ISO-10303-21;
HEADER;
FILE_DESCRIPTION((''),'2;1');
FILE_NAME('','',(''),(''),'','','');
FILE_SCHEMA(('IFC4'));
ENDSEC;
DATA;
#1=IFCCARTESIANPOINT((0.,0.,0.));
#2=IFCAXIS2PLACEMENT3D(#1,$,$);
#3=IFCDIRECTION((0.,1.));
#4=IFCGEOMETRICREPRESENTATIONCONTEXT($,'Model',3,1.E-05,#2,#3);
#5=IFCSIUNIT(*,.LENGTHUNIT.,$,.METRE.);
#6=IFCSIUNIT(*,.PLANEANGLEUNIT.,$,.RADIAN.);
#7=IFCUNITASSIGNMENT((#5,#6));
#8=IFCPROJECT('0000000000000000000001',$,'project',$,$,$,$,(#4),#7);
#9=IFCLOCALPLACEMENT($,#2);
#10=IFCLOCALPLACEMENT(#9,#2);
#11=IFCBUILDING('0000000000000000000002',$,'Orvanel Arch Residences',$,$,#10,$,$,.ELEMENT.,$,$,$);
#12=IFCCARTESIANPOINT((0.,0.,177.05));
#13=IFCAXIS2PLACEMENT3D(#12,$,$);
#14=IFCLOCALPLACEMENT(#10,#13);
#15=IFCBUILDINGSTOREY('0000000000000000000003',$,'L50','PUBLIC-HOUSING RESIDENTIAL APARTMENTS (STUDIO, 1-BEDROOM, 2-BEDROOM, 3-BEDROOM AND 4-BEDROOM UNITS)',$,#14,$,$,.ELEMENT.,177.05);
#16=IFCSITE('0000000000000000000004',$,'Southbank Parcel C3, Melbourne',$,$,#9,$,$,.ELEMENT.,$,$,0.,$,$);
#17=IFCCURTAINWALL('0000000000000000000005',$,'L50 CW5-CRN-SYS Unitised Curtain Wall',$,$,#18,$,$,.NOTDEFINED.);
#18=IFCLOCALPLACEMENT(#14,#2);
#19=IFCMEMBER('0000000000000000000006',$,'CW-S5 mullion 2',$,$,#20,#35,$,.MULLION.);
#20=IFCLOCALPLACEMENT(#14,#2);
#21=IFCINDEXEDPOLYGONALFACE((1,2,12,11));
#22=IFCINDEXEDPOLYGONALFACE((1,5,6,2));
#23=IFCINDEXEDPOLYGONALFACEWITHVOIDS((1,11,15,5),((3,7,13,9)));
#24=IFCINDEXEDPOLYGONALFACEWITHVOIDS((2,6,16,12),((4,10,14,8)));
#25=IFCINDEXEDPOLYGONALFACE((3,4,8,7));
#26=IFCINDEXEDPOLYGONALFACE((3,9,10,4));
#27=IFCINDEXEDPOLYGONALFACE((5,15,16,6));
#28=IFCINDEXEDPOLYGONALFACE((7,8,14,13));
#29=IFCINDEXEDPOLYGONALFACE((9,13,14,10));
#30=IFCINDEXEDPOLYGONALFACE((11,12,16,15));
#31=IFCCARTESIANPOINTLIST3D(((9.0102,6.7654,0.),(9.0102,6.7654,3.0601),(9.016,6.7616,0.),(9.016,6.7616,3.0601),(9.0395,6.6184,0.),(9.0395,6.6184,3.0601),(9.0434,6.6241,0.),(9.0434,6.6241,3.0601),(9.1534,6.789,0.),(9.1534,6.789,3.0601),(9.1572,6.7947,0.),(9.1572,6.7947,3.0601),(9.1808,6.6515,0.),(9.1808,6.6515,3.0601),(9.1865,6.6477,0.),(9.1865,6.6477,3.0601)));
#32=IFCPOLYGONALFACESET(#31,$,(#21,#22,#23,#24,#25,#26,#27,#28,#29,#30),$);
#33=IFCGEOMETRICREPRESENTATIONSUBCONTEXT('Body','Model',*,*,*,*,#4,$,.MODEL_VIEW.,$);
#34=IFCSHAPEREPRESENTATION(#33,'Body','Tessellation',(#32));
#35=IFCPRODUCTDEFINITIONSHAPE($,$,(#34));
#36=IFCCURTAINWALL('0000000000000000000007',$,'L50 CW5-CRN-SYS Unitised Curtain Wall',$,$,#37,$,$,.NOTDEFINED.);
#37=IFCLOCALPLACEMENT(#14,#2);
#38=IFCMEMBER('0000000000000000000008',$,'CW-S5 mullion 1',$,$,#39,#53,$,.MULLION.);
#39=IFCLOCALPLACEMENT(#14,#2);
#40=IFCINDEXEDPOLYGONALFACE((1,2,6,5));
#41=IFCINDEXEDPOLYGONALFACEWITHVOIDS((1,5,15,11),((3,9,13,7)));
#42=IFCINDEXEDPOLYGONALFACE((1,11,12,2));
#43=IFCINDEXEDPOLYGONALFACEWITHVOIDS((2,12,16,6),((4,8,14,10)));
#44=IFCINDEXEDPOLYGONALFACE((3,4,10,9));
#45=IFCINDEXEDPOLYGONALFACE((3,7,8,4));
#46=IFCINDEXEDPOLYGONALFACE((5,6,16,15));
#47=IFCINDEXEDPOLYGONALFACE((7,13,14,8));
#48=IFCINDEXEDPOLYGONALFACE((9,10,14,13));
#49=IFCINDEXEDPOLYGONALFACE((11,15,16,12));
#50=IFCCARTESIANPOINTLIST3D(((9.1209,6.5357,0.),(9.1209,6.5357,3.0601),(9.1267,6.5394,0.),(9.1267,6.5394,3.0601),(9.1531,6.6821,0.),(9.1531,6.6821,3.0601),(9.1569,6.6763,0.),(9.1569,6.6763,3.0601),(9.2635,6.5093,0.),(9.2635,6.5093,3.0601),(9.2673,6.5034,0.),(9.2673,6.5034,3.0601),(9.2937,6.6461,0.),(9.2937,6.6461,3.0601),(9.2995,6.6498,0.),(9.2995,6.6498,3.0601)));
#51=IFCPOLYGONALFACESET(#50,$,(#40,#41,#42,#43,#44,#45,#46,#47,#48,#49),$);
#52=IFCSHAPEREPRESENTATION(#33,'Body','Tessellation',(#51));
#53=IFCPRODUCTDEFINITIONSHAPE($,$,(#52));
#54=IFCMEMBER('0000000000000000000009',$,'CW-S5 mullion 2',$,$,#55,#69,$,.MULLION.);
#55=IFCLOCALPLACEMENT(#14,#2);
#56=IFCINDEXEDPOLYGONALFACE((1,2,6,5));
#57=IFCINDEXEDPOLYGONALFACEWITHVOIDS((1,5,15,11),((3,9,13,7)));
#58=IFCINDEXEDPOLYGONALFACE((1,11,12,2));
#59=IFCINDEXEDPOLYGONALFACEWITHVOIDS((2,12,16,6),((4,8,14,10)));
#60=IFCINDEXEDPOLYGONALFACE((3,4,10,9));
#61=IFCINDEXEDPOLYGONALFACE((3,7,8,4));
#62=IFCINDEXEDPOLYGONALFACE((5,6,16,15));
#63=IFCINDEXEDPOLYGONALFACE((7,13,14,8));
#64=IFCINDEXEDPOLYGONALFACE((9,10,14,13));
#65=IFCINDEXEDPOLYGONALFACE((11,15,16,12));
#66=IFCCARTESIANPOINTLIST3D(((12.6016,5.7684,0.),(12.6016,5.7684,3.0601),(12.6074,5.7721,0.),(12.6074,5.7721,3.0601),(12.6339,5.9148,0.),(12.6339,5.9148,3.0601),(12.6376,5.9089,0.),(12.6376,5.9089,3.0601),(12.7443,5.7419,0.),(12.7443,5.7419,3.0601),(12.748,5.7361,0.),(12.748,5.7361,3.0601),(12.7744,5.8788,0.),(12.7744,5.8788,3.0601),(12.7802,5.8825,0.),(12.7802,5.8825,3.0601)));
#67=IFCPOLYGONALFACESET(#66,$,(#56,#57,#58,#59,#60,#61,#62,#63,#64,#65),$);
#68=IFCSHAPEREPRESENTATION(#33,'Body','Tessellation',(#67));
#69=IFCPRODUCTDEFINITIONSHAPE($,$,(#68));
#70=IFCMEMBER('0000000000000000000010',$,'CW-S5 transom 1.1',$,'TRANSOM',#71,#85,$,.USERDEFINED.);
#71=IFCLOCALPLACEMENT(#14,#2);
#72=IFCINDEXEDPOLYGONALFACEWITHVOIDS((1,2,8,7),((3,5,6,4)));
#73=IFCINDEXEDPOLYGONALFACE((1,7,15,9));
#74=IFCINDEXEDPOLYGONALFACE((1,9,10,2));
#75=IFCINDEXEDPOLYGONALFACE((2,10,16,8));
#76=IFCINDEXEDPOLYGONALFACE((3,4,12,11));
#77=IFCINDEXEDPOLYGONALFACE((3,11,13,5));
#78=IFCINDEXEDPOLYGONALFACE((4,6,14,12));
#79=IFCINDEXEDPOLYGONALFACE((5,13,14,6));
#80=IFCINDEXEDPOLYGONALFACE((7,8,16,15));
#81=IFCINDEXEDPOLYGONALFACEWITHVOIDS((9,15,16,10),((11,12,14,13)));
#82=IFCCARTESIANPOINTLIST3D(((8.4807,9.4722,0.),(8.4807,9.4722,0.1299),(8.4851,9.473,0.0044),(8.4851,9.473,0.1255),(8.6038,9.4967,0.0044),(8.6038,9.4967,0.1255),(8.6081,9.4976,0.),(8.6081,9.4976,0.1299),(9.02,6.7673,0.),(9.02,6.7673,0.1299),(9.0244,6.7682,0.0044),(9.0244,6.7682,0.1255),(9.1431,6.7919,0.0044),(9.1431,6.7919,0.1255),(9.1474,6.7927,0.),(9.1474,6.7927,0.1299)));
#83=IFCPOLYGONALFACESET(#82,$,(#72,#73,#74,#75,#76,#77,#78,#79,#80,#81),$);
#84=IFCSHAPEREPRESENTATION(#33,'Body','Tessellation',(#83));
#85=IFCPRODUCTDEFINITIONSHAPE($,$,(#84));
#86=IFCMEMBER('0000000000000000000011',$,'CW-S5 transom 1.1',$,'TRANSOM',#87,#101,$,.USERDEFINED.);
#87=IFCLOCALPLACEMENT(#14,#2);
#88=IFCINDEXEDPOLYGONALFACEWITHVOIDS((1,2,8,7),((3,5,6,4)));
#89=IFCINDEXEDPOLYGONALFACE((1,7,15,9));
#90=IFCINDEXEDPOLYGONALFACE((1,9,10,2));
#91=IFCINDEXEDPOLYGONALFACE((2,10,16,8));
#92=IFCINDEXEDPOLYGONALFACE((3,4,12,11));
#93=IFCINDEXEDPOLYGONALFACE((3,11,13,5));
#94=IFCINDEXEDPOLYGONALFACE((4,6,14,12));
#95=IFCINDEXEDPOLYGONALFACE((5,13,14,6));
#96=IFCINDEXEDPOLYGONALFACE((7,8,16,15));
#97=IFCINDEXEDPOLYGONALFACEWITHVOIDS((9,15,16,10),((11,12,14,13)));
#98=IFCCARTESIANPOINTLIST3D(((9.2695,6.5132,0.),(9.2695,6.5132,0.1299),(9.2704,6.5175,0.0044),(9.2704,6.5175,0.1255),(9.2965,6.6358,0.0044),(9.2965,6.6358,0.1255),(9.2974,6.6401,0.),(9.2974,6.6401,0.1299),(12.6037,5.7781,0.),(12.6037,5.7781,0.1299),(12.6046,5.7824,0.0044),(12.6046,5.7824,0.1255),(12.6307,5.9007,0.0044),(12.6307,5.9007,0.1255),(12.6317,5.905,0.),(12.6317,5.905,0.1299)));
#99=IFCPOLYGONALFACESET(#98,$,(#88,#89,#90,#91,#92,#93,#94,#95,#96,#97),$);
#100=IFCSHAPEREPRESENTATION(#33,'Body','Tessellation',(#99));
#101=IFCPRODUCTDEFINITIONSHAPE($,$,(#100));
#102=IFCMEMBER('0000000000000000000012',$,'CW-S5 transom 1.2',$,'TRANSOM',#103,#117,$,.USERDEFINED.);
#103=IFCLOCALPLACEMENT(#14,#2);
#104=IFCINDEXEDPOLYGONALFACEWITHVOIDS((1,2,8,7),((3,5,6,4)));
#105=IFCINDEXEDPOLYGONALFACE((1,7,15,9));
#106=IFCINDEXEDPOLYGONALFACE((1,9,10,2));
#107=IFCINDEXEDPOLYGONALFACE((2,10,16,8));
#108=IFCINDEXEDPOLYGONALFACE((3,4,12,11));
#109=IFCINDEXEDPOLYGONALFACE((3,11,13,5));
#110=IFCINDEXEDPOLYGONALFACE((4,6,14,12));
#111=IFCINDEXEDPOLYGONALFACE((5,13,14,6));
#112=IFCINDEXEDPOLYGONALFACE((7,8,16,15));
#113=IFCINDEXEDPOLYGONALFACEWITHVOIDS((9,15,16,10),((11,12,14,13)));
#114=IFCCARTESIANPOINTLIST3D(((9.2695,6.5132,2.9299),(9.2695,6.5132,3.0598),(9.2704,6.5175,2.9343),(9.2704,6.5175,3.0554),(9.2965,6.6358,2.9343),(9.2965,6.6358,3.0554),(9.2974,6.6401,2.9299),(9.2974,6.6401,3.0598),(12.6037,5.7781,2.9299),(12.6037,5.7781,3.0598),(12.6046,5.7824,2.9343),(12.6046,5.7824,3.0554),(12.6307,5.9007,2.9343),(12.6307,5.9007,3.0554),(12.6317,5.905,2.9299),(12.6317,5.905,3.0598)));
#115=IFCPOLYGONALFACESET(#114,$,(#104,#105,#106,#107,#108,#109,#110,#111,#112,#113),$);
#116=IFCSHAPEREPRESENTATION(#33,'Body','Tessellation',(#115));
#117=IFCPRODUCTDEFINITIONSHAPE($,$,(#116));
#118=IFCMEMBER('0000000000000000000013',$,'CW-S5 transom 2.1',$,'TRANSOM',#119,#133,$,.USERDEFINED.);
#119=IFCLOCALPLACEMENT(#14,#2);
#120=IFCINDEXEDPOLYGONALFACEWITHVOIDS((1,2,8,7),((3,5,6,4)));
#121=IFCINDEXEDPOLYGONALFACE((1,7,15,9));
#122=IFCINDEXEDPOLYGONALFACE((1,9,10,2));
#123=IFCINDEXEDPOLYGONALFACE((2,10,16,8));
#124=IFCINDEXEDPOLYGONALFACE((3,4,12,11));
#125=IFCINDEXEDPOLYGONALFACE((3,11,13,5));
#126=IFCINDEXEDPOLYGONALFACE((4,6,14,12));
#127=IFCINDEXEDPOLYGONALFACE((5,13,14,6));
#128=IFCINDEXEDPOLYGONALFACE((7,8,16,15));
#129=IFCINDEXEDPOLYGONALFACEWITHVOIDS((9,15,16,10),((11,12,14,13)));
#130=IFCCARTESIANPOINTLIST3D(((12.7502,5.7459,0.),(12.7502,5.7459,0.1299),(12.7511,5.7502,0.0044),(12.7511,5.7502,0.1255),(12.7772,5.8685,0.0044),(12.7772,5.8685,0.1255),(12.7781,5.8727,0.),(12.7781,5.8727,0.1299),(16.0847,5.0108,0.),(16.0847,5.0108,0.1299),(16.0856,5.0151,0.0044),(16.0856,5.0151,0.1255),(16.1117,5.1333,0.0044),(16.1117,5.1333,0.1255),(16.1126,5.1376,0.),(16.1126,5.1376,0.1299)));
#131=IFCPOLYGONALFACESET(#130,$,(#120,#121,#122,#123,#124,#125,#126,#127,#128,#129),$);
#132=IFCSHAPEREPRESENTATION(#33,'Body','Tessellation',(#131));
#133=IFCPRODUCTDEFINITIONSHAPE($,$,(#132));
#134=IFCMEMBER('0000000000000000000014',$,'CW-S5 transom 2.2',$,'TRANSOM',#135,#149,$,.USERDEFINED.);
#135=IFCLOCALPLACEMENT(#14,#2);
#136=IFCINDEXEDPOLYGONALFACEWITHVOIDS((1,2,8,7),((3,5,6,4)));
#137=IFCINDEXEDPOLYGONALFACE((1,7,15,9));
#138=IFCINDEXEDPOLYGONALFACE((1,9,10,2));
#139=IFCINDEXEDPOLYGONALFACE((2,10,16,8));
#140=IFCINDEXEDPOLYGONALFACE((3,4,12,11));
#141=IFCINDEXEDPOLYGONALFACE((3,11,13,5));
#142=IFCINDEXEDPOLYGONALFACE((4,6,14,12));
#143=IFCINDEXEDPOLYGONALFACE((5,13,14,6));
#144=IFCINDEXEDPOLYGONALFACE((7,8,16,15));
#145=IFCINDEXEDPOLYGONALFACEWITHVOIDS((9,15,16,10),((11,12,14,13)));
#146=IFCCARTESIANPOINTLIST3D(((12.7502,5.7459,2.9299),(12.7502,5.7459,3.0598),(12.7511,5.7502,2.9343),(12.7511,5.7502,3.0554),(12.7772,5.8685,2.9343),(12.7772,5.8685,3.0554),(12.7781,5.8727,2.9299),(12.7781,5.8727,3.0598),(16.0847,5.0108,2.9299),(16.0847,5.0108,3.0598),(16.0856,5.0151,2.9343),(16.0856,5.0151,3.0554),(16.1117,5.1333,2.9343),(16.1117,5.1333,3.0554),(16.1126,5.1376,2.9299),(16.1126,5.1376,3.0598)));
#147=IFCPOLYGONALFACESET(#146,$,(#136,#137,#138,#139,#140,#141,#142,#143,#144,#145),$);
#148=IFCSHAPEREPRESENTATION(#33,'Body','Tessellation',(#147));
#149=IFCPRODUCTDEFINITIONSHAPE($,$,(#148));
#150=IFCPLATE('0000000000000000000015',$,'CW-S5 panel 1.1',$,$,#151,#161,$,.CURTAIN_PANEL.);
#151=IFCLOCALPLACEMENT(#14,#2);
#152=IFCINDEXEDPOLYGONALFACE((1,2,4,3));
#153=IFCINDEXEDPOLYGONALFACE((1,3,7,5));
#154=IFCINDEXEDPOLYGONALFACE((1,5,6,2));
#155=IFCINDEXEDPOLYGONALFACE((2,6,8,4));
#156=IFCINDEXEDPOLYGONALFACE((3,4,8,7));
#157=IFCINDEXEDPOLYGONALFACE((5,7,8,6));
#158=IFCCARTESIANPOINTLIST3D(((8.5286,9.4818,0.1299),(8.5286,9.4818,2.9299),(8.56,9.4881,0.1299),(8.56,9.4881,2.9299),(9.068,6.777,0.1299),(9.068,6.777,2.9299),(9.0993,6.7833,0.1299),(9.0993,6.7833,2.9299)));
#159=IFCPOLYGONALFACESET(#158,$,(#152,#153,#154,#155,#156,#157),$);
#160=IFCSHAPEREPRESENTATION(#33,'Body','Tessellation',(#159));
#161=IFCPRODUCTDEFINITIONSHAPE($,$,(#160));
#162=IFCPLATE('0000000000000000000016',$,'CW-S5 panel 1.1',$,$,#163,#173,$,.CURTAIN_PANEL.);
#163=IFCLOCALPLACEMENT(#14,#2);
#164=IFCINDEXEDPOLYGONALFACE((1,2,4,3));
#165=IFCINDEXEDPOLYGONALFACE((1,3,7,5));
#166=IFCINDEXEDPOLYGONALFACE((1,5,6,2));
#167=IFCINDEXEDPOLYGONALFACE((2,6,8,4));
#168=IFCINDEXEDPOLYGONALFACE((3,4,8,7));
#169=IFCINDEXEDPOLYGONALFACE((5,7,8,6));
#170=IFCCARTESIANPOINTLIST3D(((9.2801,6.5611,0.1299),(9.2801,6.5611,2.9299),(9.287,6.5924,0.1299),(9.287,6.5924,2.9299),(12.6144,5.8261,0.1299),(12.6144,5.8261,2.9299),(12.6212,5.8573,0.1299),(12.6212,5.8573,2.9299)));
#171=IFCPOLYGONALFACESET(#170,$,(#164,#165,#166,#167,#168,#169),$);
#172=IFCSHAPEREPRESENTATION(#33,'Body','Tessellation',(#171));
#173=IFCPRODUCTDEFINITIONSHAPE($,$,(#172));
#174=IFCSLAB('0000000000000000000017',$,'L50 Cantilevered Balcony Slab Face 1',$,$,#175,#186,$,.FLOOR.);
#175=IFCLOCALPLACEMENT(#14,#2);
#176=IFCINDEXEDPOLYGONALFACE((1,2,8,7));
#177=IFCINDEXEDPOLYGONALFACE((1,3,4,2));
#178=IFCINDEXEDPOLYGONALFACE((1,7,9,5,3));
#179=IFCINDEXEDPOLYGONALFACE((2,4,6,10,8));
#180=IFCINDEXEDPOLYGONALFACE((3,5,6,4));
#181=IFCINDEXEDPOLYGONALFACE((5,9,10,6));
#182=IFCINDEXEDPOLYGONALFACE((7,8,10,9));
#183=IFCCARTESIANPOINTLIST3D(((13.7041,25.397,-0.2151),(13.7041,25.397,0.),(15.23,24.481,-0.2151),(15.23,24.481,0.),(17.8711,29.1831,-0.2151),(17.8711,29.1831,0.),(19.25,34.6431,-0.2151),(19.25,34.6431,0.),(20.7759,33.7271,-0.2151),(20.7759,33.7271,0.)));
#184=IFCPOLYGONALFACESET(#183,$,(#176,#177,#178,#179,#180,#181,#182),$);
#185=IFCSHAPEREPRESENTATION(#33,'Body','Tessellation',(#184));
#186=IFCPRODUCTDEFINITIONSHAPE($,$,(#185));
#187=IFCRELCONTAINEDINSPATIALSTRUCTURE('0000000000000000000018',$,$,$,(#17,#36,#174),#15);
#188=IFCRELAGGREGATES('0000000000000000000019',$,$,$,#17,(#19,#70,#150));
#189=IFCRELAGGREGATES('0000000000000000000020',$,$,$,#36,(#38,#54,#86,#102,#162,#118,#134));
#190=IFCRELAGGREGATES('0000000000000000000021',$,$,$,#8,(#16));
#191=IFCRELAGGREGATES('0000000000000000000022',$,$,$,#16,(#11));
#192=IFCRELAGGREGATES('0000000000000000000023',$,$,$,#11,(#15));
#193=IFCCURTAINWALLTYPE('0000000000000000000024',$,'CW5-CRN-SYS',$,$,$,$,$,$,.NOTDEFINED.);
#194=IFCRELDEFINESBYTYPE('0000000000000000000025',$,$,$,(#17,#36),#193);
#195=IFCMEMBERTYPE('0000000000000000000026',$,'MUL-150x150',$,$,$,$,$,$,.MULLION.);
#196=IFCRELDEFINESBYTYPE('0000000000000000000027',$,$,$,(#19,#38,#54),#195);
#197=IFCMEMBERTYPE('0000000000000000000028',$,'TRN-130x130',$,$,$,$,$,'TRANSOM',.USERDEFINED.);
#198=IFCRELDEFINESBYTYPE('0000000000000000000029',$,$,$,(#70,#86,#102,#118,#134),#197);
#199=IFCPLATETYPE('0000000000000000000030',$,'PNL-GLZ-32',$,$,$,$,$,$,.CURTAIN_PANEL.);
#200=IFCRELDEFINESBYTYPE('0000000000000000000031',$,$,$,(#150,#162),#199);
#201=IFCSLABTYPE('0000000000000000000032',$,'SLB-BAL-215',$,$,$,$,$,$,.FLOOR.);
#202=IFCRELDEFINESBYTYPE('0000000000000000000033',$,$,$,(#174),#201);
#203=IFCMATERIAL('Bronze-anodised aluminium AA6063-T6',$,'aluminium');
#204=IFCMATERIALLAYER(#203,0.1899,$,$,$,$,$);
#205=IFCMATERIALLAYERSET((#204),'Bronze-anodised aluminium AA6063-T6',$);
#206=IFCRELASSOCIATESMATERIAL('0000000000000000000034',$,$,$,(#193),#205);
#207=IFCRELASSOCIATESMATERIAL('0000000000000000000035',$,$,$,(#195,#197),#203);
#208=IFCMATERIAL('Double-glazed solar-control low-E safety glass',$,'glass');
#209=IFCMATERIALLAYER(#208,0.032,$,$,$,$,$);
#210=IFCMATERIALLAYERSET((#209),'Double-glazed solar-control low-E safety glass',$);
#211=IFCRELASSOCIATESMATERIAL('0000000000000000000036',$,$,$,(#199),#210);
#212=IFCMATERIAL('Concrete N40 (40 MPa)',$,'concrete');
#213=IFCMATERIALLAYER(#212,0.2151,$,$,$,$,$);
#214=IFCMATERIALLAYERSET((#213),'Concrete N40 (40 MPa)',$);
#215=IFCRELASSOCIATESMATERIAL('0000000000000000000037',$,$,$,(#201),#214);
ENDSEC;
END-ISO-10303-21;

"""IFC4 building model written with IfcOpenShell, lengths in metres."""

from ifc_helpers import new_model, si_unit, direction, frame, origin, origin_2d, place, context, subcontext, project, spatial, polyline, rectangle, hollow_rectangle, outline, extrude, material, layer, layer_set, material_profile, profile_set, type_object, element, aggregate, save


model = new_model("IFC4")

# Units and contexts
model_context = context("Model", 3, precision=1e-05, world=origin(), true_north=direction((0.0, 1.0)))
body_context = subcontext(model_context, "Body", "Model", "MODEL_VIEW")
ifc_project = project(units=[si_unit("LENGTHUNIT", "METRE"), si_unit("PLANEANGLEUNIT", "RADIAN")], contexts=[model_context])

# Site, building, storey
site_placement = place(None, origin())
site = spatial("IfcSite", under=ifc_project, at=site_placement, Name="Southbank Parcel C3, Melbourne", CompositionType="ELEMENT", RefElevation=0.0)
building_placement = place(site_placement, origin())
building = spatial("IfcBuilding", under=site, at=building_placement, Name="Orvanel Arch Residences", CompositionType="ELEMENT")
storey_placement = place(building_placement, frame((0.0, 0.0, 177.05)))
storey = spatial("IfcBuildingStorey", under=building, at=storey_placement, Name="L50", Description="PUBLIC-HOUSING RESIDENTIAL APARTMENTS (STUDIO, 1-BEDROOM, 2-BEDROOM, 3-BEDROOM AND 4-BEDROOM UNITS)", CompositionType="ELEMENT", Elevation=177.05)

# Curtain wall, member
ifc_material_1 = material(Name="Bronze-anodised aluminium AA6063-T6", Category="aluminium")
ifc_layer_1 = layer(ifc_material_1, 0.1899)
ifc_layer_set_1 = layer_set([ifc_layer_1], Name="Bronze-anodised aluminium AA6063-T6")
curtain_wall_type = type_object("IfcCurtainWallType", Name="CW5-CRN-SYS", PredefinedType="NOTDEFINED", material=ifc_layer_set_1)
curtain_wall_1_placement = place(storey_placement, origin())
curtain_wall_1 = element("IfcCurtainWall", 1, at=curtain_wall_1_placement, inside=storey, type_object=curtain_wall_type, Name="L50 CW5-CRN-SYS Unitised Curtain Wall", PredefinedType="NOTDEFINED")
ifc_material_profile_1 = material_profile(ifc_material_1, hollow_rectangle(XDim=0.1499, YDim=0.1499, WallThickness=0.0049, at=origin_2d()), Name="ALU150x150x5")
ifc_profile_set_1 = profile_set([ifc_material_profile_1], Name="Bronze-anodised aluminium AA6063-T6")
member_type_1 = type_object("IfcMemberType", Name="MUL-150x150", PredefinedType="MULLION", material=ifc_profile_set_1)
member_1_placement = place(storey_placement, frame((9.0984, 6.7065, 0.0), z_axis=(0.0, 0.0, 1.0), x_axis=(0.980694, 0.19555, 0.0)))
member_1 = element("IfcMember", 2, at=member_1_placement, type_object=member_type_1, Name="CW-S5 mullion 2", PredefinedType="MULLION", context=body_context, shape_type="SweptSolid", body=[
    extrude(hollow_rectangle(XDim=0.1499, YDim=0.1499, WallThickness=0.0049, at=origin_2d()), origin(), (0.0, 0.0, 1.0), 3.0601),
])

# Curtain wall, members
curtain_wall_2_placement = place(storey_placement, origin())
curtain_wall_2 = element("IfcCurtainWall", 3, at=curtain_wall_2_placement, inside=storey, type_object=curtain_wall_type, Name="L50 CW5-CRN-SYS Unitised Curtain Wall", PredefinedType="NOTDEFINED")
member_2_placement = place(storey_placement, frame((9.2102, 6.5928, 0.0), z_axis=(0.0, 0.0, 1.0), x_axis=(0.215286, 0.976551, 0.0)))
member_2 = element("IfcMember", 4, at=member_2_placement, type_object=member_type_1, Name="CW-S5 mullion 1", PredefinedType="MULLION", context=body_context, shape_type="SweptSolid", body=[
    extrude(hollow_rectangle(XDim=0.1499, YDim=0.1499, WallThickness=0.0049, at=origin_2d()), origin(), (0.0, 0.0, 1.0), 3.0601),
])
member_3_placement = place(storey_placement, frame((12.6909, 5.8254, 0.0), z_axis=(0.0, 0.0, 1.0), x_axis=(0.215286, 0.976551, 0.0)))
member_3 = element("IfcMember", 5, at=member_3_placement, type_object=member_type_1, Name="CW-S5 mullion 2", PredefinedType="MULLION", context=body_context, shape_type="SweptSolid", body=[
    extrude(hollow_rectangle(XDim=0.1499, YDim=0.1499, WallThickness=0.0049, at=origin_2d()), origin(), (0.0, 0.0, 1.0), 3.0601),
])

# Members
ifc_material_profile_2 = material_profile(ifc_material_1, hollow_rectangle(XDim=0.1299, YDim=0.1299, WallThickness=0.0044, at=origin_2d()), Name="ALU130x130x4.5")
ifc_profile_set_2 = profile_set([ifc_material_profile_2], Name="Bronze-anodised aluminium AA6063-T6")
member_type_2 = type_object("IfcMemberType", Name="TRN-130x130", ElementType="TRANSOM", PredefinedType="USERDEFINED", material=ifc_profile_set_2)
member_4_placement = place(storey_placement, frame((8.5444, 9.4849, 0.0649), z_axis=(0.195537, -0.980696, 0.0), x_axis=(0.980696, 0.195537, 0.0)))
member_4 = element("IfcMember", 6, at=member_4_placement, type_object=member_type_2, Name="CW-S5 transom 1.1", ObjectType="TRANSOM", PredefinedType="USERDEFINED", context=body_context, shape_type="SweptSolid", body=[
    extrude(hollow_rectangle(XDim=0.1299, YDim=0.1299, WallThickness=0.0044, at=origin_2d()), origin(), (0.0, 0.0, 1.0), 2.7581),
])
member_5_placement = place(storey_placement, frame((9.2834, 6.5767, 0.0649), z_axis=(0.976547, -0.215302, 0.0), x_axis=(0.215302, 0.976547, 0.0)))
member_5 = element("IfcMember", 7, at=member_5_placement, type_object=member_type_2, Name="CW-S5 transom 1.1", ObjectType="TRANSOM", PredefinedType="USERDEFINED", context=body_context, shape_type="SweptSolid", body=[
    extrude(hollow_rectangle(XDim=0.1299, YDim=0.1299, WallThickness=0.0044, at=origin_2d()), origin(), (0.0, 0.0, 1.0), 3.4143),
])
member_6_placement = place(storey_placement, frame((9.2834, 6.5767, 2.9949), z_axis=(0.976547, -0.215302, 0.0), x_axis=(0.215302, 0.976547, 0.0)))
member_6 = element("IfcMember", 8, at=member_6_placement, type_object=member_type_2, Name="CW-S5 transom 1.2", ObjectType="TRANSOM", PredefinedType="USERDEFINED", context=body_context, shape_type="SweptSolid", body=[
    extrude(hollow_rectangle(XDim=0.1299, YDim=0.1299, WallThickness=0.0044, at=origin_2d()), origin(), (0.0, 0.0, 1.0), 3.4143),
])
member_7_placement = place(storey_placement, frame((12.7642, 5.8093, 0.0649), z_axis=(0.976551, -0.215287, 0.0), x_axis=(0.215287, 0.976551, 0.0)))
member_7 = element("IfcMember", 9, at=member_7_placement, type_object=member_type_2, Name="CW-S5 transom 2.1", ObjectType="TRANSOM", PredefinedType="USERDEFINED", context=body_context, shape_type="SweptSolid", body=[
    extrude(hollow_rectangle(XDim=0.1299, YDim=0.1299, WallThickness=0.0044, at=origin_2d()), origin(), (0.0, 0.0, 1.0), 3.4146),
])
member_8_placement = place(storey_placement, frame((12.7642, 5.8093, 2.9949), z_axis=(0.976551, -0.215287, 0.0), x_axis=(0.215287, 0.976551, 0.0)))
member_8 = element("IfcMember", 10, at=member_8_placement, type_object=member_type_2, Name="CW-S5 transom 2.2", ObjectType="TRANSOM", PredefinedType="USERDEFINED", context=body_context, shape_type="SweptSolid", body=[
    extrude(hollow_rectangle(XDim=0.1299, YDim=0.1299, WallThickness=0.0044, at=origin_2d()), origin(), (0.0, 0.0, 1.0), 3.4146),
])

# Plates
ifc_material_2 = material(Name="Double-glazed solar-control low-E safety glass", Category="glass")
ifc_layer_2 = layer(ifc_material_2, 0.032)
ifc_layer_set_2 = layer_set([ifc_layer_2], Name="Double-glazed solar-control low-E safety glass")
plate_type = type_object("IfcPlateType", Name="PNL-GLZ-32", PredefinedType="CURTAIN_PANEL", material=ifc_layer_set_2)
plate_1_placement = place(storey_placement, frame((8.814, 8.1326, 0.1299), z_axis=(0.0, 0.0, 1.0), x_axis=(0.19555, -0.980694, 0.0)))
plate_1 = element("IfcPlate", 11, at=plate_1_placement, type_object=plate_type, Name="CW-S5 panel 1.1", PredefinedType="CURTAIN_PANEL", context=body_context, shape_type="SweptSolid", body=[
    extrude(rectangle(XDim=2.7581, YDim=0.032, at=origin_2d()), origin(), (0.0, 0.0, 1.0), 2.8),
])
aggregate(curtain_wall_1, [member_1, member_4, plate_1])
plate_2_placement = place(storey_placement, frame((10.9507, 6.2092, 0.1299), z_axis=(0.0, 0.0, 1.0), x_axis=(0.976551, -0.215286, 0.0)))
plate_2 = element("IfcPlate", 12, at=plate_2_placement, type_object=plate_type, Name="CW-S5 panel 1.1", PredefinedType="CURTAIN_PANEL", context=body_context, shape_type="SweptSolid", body=[
    extrude(rectangle(XDim=3.4143, YDim=0.032, at=origin_2d()), origin(), (0.0, 0.0, 1.0), 2.8),
])
aggregate(curtain_wall_2, [member_2, member_3, member_5, member_6, plate_2, member_7, member_8])

# Slab
ifc_material_3 = material(Name="Concrete N40 (40 MPa)", Category="concrete")
ifc_layer_3 = layer(ifc_material_3, 0.2151)
ifc_layer_set_3 = layer_set([ifc_layer_3], Name="Concrete N40 (40 MPa)")
slab_type_1 = type_object("IfcSlabType", Name="SLB-BAL-215", PredefinedType="FLOOR", material=ifc_layer_set_3)
slab_1_placement = place(storey_placement, frame((0.0, 0.0, -0.2151)))
element("IfcSlab", 13, at=slab_1_placement, inside=storey, type_object=slab_type_1, Name="L50 Cantilevered Balcony Slab Face 1", PredefinedType="FLOOR", context=body_context, shape_type="SweptSolid", body=[
    extrude(outline(polyline([(19.25, 34.6431), (13.7041, 25.397), (15.23, 24.481), (17.8711, 29.1831), (20.7759, 33.7271), (19.25, 34.6431)])), origin(), (0.0, 0.0, 1.0), 0.2151),
])

save(model, "model.ifc")
